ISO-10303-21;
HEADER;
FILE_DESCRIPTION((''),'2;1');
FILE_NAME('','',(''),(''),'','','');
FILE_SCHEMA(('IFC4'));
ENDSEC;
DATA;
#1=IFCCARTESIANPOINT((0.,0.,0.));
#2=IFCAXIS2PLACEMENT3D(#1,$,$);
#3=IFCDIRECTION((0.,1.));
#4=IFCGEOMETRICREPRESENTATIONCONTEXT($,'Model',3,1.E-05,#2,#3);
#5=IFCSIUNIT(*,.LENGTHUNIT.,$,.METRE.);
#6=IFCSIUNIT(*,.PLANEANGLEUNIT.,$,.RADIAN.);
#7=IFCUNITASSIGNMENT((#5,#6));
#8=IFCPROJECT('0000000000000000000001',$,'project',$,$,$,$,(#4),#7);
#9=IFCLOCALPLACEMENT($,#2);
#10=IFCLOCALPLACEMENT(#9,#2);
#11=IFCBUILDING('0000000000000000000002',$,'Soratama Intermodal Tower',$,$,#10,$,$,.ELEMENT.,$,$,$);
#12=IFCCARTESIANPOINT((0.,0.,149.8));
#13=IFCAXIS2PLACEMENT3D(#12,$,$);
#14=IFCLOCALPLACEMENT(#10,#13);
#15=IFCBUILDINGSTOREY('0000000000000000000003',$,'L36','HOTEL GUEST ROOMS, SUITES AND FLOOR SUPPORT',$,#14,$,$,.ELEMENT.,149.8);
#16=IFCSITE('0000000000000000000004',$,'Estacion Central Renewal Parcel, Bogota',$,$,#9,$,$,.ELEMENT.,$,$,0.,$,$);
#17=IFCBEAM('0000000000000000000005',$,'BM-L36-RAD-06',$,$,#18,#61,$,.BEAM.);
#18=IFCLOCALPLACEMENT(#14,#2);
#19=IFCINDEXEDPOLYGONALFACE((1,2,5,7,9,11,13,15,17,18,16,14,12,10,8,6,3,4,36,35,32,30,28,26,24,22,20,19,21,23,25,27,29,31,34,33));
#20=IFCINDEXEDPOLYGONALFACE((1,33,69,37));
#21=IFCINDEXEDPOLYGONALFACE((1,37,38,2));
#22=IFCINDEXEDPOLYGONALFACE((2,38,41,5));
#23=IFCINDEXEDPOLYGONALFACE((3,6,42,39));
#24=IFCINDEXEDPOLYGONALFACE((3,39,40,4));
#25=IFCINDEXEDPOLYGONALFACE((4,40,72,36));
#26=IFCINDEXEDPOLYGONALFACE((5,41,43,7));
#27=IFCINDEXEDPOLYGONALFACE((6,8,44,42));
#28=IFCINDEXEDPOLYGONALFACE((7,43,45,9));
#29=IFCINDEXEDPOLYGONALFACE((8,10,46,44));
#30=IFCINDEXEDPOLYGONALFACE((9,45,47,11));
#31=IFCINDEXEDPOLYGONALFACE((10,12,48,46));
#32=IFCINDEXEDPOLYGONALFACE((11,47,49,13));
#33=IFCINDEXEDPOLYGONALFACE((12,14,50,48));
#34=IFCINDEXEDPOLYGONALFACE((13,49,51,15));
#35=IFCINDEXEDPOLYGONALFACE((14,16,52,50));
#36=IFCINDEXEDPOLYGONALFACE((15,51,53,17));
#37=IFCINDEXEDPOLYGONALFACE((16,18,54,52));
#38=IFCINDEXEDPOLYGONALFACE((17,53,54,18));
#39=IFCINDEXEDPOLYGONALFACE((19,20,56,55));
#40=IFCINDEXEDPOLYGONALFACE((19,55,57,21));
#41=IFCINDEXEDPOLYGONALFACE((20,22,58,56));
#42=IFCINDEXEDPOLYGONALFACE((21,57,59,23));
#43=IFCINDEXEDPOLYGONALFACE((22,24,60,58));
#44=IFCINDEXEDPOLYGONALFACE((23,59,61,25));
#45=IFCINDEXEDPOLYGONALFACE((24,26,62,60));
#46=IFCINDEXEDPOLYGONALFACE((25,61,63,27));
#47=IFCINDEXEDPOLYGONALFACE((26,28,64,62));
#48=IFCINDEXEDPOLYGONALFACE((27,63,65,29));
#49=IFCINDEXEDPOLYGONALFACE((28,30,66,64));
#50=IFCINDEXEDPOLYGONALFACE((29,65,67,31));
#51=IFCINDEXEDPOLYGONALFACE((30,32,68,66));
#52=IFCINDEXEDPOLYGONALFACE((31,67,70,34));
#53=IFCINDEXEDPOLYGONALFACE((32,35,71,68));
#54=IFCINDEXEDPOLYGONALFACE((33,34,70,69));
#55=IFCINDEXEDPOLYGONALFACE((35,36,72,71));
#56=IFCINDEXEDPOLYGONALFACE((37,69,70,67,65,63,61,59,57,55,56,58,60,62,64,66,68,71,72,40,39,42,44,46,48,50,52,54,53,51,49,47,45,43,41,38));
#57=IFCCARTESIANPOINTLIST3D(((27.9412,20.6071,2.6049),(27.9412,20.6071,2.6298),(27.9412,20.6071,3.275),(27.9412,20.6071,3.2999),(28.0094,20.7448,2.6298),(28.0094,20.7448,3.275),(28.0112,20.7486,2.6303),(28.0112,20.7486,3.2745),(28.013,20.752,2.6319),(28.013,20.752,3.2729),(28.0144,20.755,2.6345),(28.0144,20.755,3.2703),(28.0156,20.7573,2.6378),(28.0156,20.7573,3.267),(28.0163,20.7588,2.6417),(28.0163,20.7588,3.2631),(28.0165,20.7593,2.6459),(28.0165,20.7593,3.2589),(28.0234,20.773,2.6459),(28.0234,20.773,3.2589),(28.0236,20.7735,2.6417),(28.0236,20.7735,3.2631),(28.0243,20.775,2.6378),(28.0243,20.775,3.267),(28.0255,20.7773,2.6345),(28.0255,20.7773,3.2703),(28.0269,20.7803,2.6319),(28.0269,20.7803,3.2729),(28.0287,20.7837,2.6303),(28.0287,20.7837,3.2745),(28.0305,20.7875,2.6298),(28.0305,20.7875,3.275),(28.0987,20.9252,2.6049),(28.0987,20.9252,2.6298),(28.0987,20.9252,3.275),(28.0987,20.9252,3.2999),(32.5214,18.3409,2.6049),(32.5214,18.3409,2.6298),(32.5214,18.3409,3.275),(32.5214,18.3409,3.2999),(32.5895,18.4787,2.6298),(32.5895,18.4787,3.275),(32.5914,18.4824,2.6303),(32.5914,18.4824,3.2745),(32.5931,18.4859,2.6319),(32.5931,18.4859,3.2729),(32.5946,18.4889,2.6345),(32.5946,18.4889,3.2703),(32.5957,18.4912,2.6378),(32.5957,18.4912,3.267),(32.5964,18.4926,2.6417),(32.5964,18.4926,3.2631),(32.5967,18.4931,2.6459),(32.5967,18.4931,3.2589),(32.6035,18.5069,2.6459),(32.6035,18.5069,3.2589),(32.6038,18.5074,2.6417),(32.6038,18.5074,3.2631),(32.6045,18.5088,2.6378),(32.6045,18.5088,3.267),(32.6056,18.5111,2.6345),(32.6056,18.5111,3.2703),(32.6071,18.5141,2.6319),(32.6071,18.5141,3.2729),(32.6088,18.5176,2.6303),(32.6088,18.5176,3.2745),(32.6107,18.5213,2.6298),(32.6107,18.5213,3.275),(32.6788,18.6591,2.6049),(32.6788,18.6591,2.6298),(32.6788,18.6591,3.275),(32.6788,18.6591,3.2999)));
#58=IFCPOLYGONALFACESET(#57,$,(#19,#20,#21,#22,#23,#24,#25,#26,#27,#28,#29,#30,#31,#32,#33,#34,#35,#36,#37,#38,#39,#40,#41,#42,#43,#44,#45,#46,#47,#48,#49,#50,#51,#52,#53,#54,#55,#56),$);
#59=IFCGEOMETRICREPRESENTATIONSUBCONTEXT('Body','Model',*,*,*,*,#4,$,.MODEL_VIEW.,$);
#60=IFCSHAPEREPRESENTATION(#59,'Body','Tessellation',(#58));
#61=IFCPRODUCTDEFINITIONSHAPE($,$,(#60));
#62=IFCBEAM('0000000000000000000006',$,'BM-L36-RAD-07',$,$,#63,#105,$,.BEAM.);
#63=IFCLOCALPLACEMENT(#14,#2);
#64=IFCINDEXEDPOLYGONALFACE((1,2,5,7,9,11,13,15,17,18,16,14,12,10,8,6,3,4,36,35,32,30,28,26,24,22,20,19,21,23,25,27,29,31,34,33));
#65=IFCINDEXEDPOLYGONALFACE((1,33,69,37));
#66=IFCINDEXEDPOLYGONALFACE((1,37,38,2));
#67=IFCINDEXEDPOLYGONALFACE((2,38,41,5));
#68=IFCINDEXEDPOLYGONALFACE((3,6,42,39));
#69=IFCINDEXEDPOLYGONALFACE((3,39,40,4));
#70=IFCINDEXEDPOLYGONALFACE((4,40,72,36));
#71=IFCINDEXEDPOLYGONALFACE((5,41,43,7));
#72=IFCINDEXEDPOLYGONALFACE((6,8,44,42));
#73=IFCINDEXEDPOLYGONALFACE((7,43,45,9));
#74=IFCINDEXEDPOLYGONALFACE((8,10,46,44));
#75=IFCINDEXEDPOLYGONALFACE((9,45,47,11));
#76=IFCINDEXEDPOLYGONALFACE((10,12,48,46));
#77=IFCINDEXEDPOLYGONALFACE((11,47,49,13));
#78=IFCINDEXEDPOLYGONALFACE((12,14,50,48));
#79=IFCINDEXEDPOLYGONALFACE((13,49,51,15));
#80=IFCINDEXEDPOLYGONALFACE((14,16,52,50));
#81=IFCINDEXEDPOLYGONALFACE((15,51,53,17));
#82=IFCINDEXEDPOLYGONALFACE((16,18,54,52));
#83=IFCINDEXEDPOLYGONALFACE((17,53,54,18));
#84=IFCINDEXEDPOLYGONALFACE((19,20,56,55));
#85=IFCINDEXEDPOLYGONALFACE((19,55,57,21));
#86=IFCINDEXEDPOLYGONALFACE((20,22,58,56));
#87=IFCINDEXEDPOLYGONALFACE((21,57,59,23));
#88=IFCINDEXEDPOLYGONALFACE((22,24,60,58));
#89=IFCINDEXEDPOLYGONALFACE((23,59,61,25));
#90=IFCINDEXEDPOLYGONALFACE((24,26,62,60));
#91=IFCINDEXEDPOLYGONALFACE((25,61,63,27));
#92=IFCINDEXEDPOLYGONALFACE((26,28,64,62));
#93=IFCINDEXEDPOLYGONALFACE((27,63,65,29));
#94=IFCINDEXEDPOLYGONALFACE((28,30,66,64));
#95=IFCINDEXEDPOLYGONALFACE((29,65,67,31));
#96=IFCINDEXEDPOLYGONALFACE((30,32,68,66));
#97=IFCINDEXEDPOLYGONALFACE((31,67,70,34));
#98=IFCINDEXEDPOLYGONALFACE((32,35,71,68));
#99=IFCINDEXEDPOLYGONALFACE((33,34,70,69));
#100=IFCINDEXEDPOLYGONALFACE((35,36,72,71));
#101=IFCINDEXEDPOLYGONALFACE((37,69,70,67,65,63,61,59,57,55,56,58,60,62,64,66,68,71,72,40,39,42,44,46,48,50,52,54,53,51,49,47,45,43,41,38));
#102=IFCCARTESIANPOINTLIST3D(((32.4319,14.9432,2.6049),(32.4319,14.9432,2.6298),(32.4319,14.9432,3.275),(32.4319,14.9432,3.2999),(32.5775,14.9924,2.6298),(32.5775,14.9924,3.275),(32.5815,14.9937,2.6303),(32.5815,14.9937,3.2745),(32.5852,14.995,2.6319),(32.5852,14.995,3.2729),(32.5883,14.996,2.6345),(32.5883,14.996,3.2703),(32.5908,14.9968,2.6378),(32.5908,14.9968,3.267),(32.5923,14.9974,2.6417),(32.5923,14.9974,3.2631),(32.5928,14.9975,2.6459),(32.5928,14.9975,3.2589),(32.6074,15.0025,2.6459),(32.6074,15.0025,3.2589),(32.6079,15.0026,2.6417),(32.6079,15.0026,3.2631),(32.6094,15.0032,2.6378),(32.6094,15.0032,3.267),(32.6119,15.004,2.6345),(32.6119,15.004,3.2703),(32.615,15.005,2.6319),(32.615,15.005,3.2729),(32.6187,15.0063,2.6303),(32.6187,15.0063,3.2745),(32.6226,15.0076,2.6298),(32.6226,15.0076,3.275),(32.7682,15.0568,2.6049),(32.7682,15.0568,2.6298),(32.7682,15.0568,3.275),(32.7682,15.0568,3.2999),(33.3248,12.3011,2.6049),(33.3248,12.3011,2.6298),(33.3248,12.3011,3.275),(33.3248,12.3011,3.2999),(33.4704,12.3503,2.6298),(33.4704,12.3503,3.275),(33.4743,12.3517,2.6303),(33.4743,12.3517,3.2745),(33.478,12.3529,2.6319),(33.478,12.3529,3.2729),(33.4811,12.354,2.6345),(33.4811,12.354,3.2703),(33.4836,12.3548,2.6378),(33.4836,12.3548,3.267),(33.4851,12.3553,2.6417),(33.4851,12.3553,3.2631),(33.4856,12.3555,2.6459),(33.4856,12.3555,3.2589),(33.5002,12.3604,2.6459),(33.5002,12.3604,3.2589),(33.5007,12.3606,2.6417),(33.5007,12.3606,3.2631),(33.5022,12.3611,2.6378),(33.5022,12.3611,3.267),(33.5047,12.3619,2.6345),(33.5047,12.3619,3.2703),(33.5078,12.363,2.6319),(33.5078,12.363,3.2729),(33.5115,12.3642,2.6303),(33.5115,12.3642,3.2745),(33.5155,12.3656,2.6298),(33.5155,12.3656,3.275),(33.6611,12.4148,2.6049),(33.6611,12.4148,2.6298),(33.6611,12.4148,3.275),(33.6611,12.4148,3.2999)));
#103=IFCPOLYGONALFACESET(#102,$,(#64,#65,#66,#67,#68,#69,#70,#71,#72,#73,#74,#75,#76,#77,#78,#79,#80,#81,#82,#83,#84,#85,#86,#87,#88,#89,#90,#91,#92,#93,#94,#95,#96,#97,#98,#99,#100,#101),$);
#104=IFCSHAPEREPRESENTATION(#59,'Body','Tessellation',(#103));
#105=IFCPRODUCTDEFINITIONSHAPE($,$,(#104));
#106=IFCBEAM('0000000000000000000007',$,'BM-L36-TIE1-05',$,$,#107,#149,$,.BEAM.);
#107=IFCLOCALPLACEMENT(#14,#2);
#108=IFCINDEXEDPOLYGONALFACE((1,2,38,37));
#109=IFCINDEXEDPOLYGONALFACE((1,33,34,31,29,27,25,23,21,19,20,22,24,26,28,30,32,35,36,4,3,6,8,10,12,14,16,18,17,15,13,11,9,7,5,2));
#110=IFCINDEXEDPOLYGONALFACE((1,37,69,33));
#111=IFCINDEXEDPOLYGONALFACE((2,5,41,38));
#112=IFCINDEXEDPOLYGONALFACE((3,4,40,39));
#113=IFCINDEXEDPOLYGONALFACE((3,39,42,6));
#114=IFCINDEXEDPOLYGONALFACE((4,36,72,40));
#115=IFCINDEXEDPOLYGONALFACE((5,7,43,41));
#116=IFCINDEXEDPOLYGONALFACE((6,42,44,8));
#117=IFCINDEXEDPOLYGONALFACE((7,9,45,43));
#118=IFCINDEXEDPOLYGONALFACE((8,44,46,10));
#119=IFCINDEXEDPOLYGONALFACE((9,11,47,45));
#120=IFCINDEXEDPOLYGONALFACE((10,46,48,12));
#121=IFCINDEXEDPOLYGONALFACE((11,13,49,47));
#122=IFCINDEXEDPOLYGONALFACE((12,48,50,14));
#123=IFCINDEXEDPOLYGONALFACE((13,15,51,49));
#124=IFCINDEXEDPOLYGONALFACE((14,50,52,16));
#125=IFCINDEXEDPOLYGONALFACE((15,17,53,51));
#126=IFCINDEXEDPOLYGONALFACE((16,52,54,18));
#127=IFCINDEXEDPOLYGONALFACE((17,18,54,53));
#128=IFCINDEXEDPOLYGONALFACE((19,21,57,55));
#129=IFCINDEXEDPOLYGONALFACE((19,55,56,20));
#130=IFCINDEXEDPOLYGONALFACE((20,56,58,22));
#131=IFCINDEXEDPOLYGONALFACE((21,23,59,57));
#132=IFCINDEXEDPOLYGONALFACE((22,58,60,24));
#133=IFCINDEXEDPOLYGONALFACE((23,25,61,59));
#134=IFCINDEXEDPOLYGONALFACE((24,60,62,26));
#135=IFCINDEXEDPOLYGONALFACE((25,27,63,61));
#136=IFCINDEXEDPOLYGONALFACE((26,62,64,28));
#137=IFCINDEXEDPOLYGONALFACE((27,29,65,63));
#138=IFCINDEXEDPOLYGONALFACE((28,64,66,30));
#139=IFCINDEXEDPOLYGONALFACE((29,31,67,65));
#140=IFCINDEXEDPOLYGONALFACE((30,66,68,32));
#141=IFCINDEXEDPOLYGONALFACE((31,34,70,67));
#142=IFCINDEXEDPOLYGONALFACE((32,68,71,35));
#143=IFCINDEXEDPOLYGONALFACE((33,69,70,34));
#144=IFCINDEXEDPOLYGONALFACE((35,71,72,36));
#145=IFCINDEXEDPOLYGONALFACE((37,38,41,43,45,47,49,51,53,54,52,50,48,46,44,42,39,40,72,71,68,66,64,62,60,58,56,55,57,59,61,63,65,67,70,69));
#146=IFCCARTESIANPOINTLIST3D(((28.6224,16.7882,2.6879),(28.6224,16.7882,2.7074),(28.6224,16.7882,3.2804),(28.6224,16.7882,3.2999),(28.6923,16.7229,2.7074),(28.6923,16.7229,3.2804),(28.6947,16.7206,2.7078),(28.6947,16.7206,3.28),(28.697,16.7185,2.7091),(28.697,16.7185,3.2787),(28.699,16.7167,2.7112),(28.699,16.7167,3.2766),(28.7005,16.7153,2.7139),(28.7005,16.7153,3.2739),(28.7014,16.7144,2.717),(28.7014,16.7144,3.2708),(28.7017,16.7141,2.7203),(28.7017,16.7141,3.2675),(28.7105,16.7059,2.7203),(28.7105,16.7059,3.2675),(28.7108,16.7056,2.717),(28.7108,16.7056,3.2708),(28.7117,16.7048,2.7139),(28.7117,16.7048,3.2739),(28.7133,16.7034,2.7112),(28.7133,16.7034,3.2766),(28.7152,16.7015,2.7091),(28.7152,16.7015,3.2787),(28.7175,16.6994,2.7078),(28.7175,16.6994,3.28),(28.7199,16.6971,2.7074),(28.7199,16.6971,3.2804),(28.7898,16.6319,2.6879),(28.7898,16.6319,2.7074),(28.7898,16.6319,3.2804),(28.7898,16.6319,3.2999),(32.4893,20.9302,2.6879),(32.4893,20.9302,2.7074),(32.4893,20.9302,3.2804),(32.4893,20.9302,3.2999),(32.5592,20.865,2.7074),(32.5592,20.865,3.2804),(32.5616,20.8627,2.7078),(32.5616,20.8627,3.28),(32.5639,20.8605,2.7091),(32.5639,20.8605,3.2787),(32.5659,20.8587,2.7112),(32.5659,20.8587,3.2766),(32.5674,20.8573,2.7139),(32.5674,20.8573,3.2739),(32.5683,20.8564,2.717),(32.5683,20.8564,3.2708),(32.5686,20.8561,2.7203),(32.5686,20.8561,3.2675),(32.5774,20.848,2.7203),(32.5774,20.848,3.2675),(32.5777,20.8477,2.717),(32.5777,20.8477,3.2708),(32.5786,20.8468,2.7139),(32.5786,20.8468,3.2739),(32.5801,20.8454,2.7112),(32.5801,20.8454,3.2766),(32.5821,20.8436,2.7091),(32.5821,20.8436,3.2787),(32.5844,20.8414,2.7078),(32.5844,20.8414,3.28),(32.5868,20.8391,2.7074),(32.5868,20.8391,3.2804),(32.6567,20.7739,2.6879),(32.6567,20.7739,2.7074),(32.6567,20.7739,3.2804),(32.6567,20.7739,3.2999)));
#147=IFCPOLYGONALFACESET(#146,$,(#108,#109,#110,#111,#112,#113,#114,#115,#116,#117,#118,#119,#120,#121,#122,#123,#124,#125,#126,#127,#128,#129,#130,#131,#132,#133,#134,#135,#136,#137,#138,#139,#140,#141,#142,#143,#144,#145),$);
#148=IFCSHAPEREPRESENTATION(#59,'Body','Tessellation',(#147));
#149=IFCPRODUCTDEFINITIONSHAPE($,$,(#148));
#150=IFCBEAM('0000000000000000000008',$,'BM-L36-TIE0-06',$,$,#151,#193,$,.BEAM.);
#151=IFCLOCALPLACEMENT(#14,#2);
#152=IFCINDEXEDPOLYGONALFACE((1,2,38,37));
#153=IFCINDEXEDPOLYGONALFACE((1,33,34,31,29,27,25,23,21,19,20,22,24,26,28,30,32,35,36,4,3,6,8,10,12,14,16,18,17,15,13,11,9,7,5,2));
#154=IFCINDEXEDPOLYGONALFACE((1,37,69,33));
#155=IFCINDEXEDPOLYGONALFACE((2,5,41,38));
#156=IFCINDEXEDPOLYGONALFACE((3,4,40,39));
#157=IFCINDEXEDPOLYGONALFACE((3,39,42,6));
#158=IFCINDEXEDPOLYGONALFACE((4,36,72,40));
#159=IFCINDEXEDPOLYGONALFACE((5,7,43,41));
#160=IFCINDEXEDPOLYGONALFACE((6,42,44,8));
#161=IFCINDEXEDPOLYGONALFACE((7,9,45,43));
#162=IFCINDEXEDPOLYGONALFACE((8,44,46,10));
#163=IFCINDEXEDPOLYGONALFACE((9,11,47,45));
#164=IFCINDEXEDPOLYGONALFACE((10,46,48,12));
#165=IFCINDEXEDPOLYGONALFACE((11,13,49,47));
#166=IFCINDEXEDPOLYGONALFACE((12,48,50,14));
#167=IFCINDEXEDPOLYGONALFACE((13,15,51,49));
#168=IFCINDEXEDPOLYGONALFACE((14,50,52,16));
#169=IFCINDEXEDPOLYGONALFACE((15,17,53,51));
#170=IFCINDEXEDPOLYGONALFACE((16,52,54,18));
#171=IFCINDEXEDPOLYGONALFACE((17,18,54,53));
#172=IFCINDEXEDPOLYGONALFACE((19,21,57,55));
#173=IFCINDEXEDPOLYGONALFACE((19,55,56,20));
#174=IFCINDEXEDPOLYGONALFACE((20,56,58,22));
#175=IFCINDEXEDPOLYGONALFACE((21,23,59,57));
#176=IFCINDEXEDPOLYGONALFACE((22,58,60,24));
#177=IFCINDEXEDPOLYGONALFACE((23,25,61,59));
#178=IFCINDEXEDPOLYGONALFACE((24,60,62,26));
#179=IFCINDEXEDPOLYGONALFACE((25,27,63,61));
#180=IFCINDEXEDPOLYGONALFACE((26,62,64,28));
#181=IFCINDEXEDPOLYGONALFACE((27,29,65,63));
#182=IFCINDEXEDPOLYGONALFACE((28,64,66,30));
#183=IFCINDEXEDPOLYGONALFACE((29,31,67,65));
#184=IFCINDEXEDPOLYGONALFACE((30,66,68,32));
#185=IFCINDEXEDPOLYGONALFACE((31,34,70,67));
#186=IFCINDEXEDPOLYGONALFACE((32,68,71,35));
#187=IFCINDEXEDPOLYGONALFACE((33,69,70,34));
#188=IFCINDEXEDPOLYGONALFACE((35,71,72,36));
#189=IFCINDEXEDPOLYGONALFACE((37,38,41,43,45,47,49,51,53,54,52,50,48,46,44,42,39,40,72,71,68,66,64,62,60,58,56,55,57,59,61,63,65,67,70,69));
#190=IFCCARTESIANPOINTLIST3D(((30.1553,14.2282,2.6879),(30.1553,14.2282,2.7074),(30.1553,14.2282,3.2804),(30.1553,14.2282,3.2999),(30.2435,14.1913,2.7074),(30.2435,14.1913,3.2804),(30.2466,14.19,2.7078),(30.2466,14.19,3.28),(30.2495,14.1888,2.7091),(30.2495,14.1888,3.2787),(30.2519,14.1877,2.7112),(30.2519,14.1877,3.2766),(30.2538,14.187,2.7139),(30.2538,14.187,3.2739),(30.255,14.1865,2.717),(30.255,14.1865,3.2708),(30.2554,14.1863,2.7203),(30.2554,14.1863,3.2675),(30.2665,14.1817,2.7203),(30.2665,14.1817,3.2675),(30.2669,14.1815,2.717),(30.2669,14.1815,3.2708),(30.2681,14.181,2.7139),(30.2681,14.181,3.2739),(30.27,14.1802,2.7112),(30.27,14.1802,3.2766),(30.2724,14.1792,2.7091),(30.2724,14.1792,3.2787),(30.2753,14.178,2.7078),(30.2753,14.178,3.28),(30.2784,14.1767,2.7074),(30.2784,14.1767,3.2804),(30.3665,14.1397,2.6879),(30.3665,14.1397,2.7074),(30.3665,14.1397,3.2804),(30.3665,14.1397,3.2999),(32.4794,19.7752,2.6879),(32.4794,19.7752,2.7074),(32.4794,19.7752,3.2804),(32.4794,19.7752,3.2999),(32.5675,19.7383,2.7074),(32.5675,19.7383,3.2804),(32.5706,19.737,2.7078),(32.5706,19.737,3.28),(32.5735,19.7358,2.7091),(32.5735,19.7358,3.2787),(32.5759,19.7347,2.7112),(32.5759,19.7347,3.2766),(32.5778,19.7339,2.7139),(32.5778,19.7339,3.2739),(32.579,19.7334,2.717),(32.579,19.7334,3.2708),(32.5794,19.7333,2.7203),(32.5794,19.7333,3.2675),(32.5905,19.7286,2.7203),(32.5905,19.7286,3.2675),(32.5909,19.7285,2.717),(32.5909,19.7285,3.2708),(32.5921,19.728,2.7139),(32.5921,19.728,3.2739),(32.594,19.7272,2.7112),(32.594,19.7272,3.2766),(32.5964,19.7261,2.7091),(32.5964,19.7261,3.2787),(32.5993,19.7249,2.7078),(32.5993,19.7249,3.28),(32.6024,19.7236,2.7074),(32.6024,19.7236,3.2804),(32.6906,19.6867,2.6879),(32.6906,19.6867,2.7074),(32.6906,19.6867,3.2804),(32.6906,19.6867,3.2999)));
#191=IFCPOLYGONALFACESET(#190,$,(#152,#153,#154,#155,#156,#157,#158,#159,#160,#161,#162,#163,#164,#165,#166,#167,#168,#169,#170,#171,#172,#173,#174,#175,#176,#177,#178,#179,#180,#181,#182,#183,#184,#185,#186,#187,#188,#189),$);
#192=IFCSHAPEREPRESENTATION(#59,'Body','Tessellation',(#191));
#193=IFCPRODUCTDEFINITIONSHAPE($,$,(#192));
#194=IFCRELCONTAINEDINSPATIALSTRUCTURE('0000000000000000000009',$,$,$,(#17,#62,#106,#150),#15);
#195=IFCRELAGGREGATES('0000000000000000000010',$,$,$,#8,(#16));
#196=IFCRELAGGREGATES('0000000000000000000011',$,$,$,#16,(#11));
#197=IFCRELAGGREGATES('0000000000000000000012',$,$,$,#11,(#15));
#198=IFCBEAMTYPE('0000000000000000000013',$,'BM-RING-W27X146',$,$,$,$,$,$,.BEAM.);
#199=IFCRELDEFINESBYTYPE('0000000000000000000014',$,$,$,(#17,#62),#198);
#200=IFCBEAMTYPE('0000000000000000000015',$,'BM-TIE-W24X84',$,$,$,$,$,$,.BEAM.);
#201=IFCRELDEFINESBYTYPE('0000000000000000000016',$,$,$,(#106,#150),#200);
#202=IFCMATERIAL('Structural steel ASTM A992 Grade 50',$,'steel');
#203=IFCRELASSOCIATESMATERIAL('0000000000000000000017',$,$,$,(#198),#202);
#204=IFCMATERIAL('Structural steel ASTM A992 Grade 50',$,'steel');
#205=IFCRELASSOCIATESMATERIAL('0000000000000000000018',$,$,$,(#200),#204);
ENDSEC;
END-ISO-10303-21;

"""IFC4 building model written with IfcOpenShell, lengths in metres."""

from ifc_helpers import new_model, si_unit, direction, frame, origin, origin_2d, place, context, subcontext, project, spatial, i_section, extrude, material, material_profile, profile_set, type_object, element, save


model = new_model("IFC4")

# Units and contexts
model_context = context("Model", 3, precision=1e-05, world=origin(), true_north=direction((0.0, 1.0)))
body_context = subcontext(model_context, "Body", "Model", "MODEL_VIEW")
ifc_project = project(units=[si_unit("LENGTHUNIT", "METRE"), si_unit("PLANEANGLEUNIT", "RADIAN")], contexts=[model_context])

# Site, building, storey
site_placement = place(None, origin())
site = spatial("IfcSite", under=ifc_project, at=site_placement, Name="Estacion Central Renewal Parcel, Bogota", CompositionType="ELEMENT", RefElevation=0.0)
building_placement = place(site_placement, origin())
building = spatial("IfcBuilding", under=site, at=building_placement, Name="Soratama Intermodal Tower", CompositionType="ELEMENT")
storey_placement = place(building_placement, frame((0.0, 0.0, 149.8)))
storey = spatial("IfcBuildingStorey", under=building, at=storey_placement, Name="L36", Description="HOTEL GUEST ROOMS, SUITES AND FLOOR SUPPORT", CompositionType="ELEMENT", Elevation=149.8)

# Beams
ifc_material_1 = material(Name="Structural steel ASTM A992 Grade 50", Category="steel")
ifc_material_profile_1 = material_profile(ifc_material_1, i_section(OverallWidth=0.355, OverallDepth=0.6951, WebThickness=0.0154, FlangeThickness=0.0249, FilletRadius=0.0161, at=origin_2d()), Name="W27X146")
ifc_profile_set_1 = profile_set([ifc_material_profile_1], Name="Structural steel ASTM A992 Grade 50")
beam_type_1 = type_object("IfcBeamType", Name="BM-RING-W27X146", PredefinedType="BEAM", material=ifc_profile_set_1)
beam_1_placement = place(storey_placement, frame((32.6001, 18.5, 2.9524), z_axis=(-0.896292, 0.443464, 0.0), x_axis=(-0.443464, -0.896292, 0.0)))
element("IfcBeam", 1, at=beam_1_placement, inside=storey, type_object=beam_type_1, Name="BM-L36-RAD-06", PredefinedType="BEAM", context=body_context, shape_type="SweptSolid", body=[
    extrude(i_section(OverallWidth=0.355, OverallDepth=0.6951, WebThickness=0.0154, FlangeThickness=0.0249, FilletRadius=0.0161, at=origin_2d()), origin(), (0.0, 0.0, 1.0), 5.1101),
])
beam_2_placement = place(storey_placement, frame((32.6001, 15.0, 2.9524), z_axis=(0.320138, -0.947371, 0.0), x_axis=(0.947371, 0.320138, 0.0)))
element("IfcBeam", 2, at=beam_2_placement, inside=storey, type_object=beam_type_1, Name="BM-L36-RAD-07", PredefinedType="BEAM", context=body_context, shape_type="SweptSolid", body=[
    extrude(i_section(OverallWidth=0.355, OverallDepth=0.6951, WebThickness=0.0154, FlangeThickness=0.0249, FilletRadius=0.0161, at=origin_2d()), origin(), (0.0, 0.0, 1.0), 2.7888),
])
ifc_material_2 = material(Name="Structural steel ASTM A992 Grade 50", Category="steel")
ifc_material_profile_2 = material_profile(ifc_material_2, i_section(OverallWidth=0.229, OverallDepth=0.6121, WebThickness=0.012, FlangeThickness=0.0195, FilletRadius=0.0129, at=origin_2d()), Name="W24X84")
ifc_profile_set_2 = profile_set([ifc_material_profile_2], Name="Structural steel ASTM A992 Grade 50")
beam_type_2 = type_object("IfcBeamType", Name="BM-TIE-W24X84", PredefinedType="BEAM", material=ifc_profile_set_2)
beam_3_placement = place(storey_placement, frame((32.573, 20.8521, 2.9939), z_axis=(-0.682412, -0.730968, 0.0), x_axis=(0.730968, -0.682412, 0.0)))
element("IfcBeam", 3, at=beam_3_placement, inside=storey, type_object=beam_type_2, Name="BM-L36-TIE1-05", PredefinedType="BEAM", context=body_context, shape_type="SweptSolid", body=[
    extrude(i_section(OverallWidth=0.229, OverallDepth=0.6121, WebThickness=0.012, FlangeThickness=0.0195, FilletRadius=0.0129, at=origin_2d()), origin(), (0.0, 0.0, 1.0), 5.6665),
])
beam_4_placement = place(storey_placement, frame((32.585, 19.731, 2.9939), z_axis=(-0.386425, -0.922321, 0.0), x_axis=(0.922321, -0.386425, 0.0)))
element("IfcBeam", 4, at=beam_4_placement, inside=storey, type_object=beam_type_2, Name="BM-L36-TIE0-06", PredefinedType="BEAM", context=body_context, shape_type="SweptSolid", body=[
    extrude(i_section(OverallWidth=0.229, OverallDepth=0.6121, WebThickness=0.012, FlangeThickness=0.0195, FilletRadius=0.0129, at=origin_2d()), origin(), (0.0, 0.0, 1.0), 6.0142),
])

save(model, "model.ifc")
